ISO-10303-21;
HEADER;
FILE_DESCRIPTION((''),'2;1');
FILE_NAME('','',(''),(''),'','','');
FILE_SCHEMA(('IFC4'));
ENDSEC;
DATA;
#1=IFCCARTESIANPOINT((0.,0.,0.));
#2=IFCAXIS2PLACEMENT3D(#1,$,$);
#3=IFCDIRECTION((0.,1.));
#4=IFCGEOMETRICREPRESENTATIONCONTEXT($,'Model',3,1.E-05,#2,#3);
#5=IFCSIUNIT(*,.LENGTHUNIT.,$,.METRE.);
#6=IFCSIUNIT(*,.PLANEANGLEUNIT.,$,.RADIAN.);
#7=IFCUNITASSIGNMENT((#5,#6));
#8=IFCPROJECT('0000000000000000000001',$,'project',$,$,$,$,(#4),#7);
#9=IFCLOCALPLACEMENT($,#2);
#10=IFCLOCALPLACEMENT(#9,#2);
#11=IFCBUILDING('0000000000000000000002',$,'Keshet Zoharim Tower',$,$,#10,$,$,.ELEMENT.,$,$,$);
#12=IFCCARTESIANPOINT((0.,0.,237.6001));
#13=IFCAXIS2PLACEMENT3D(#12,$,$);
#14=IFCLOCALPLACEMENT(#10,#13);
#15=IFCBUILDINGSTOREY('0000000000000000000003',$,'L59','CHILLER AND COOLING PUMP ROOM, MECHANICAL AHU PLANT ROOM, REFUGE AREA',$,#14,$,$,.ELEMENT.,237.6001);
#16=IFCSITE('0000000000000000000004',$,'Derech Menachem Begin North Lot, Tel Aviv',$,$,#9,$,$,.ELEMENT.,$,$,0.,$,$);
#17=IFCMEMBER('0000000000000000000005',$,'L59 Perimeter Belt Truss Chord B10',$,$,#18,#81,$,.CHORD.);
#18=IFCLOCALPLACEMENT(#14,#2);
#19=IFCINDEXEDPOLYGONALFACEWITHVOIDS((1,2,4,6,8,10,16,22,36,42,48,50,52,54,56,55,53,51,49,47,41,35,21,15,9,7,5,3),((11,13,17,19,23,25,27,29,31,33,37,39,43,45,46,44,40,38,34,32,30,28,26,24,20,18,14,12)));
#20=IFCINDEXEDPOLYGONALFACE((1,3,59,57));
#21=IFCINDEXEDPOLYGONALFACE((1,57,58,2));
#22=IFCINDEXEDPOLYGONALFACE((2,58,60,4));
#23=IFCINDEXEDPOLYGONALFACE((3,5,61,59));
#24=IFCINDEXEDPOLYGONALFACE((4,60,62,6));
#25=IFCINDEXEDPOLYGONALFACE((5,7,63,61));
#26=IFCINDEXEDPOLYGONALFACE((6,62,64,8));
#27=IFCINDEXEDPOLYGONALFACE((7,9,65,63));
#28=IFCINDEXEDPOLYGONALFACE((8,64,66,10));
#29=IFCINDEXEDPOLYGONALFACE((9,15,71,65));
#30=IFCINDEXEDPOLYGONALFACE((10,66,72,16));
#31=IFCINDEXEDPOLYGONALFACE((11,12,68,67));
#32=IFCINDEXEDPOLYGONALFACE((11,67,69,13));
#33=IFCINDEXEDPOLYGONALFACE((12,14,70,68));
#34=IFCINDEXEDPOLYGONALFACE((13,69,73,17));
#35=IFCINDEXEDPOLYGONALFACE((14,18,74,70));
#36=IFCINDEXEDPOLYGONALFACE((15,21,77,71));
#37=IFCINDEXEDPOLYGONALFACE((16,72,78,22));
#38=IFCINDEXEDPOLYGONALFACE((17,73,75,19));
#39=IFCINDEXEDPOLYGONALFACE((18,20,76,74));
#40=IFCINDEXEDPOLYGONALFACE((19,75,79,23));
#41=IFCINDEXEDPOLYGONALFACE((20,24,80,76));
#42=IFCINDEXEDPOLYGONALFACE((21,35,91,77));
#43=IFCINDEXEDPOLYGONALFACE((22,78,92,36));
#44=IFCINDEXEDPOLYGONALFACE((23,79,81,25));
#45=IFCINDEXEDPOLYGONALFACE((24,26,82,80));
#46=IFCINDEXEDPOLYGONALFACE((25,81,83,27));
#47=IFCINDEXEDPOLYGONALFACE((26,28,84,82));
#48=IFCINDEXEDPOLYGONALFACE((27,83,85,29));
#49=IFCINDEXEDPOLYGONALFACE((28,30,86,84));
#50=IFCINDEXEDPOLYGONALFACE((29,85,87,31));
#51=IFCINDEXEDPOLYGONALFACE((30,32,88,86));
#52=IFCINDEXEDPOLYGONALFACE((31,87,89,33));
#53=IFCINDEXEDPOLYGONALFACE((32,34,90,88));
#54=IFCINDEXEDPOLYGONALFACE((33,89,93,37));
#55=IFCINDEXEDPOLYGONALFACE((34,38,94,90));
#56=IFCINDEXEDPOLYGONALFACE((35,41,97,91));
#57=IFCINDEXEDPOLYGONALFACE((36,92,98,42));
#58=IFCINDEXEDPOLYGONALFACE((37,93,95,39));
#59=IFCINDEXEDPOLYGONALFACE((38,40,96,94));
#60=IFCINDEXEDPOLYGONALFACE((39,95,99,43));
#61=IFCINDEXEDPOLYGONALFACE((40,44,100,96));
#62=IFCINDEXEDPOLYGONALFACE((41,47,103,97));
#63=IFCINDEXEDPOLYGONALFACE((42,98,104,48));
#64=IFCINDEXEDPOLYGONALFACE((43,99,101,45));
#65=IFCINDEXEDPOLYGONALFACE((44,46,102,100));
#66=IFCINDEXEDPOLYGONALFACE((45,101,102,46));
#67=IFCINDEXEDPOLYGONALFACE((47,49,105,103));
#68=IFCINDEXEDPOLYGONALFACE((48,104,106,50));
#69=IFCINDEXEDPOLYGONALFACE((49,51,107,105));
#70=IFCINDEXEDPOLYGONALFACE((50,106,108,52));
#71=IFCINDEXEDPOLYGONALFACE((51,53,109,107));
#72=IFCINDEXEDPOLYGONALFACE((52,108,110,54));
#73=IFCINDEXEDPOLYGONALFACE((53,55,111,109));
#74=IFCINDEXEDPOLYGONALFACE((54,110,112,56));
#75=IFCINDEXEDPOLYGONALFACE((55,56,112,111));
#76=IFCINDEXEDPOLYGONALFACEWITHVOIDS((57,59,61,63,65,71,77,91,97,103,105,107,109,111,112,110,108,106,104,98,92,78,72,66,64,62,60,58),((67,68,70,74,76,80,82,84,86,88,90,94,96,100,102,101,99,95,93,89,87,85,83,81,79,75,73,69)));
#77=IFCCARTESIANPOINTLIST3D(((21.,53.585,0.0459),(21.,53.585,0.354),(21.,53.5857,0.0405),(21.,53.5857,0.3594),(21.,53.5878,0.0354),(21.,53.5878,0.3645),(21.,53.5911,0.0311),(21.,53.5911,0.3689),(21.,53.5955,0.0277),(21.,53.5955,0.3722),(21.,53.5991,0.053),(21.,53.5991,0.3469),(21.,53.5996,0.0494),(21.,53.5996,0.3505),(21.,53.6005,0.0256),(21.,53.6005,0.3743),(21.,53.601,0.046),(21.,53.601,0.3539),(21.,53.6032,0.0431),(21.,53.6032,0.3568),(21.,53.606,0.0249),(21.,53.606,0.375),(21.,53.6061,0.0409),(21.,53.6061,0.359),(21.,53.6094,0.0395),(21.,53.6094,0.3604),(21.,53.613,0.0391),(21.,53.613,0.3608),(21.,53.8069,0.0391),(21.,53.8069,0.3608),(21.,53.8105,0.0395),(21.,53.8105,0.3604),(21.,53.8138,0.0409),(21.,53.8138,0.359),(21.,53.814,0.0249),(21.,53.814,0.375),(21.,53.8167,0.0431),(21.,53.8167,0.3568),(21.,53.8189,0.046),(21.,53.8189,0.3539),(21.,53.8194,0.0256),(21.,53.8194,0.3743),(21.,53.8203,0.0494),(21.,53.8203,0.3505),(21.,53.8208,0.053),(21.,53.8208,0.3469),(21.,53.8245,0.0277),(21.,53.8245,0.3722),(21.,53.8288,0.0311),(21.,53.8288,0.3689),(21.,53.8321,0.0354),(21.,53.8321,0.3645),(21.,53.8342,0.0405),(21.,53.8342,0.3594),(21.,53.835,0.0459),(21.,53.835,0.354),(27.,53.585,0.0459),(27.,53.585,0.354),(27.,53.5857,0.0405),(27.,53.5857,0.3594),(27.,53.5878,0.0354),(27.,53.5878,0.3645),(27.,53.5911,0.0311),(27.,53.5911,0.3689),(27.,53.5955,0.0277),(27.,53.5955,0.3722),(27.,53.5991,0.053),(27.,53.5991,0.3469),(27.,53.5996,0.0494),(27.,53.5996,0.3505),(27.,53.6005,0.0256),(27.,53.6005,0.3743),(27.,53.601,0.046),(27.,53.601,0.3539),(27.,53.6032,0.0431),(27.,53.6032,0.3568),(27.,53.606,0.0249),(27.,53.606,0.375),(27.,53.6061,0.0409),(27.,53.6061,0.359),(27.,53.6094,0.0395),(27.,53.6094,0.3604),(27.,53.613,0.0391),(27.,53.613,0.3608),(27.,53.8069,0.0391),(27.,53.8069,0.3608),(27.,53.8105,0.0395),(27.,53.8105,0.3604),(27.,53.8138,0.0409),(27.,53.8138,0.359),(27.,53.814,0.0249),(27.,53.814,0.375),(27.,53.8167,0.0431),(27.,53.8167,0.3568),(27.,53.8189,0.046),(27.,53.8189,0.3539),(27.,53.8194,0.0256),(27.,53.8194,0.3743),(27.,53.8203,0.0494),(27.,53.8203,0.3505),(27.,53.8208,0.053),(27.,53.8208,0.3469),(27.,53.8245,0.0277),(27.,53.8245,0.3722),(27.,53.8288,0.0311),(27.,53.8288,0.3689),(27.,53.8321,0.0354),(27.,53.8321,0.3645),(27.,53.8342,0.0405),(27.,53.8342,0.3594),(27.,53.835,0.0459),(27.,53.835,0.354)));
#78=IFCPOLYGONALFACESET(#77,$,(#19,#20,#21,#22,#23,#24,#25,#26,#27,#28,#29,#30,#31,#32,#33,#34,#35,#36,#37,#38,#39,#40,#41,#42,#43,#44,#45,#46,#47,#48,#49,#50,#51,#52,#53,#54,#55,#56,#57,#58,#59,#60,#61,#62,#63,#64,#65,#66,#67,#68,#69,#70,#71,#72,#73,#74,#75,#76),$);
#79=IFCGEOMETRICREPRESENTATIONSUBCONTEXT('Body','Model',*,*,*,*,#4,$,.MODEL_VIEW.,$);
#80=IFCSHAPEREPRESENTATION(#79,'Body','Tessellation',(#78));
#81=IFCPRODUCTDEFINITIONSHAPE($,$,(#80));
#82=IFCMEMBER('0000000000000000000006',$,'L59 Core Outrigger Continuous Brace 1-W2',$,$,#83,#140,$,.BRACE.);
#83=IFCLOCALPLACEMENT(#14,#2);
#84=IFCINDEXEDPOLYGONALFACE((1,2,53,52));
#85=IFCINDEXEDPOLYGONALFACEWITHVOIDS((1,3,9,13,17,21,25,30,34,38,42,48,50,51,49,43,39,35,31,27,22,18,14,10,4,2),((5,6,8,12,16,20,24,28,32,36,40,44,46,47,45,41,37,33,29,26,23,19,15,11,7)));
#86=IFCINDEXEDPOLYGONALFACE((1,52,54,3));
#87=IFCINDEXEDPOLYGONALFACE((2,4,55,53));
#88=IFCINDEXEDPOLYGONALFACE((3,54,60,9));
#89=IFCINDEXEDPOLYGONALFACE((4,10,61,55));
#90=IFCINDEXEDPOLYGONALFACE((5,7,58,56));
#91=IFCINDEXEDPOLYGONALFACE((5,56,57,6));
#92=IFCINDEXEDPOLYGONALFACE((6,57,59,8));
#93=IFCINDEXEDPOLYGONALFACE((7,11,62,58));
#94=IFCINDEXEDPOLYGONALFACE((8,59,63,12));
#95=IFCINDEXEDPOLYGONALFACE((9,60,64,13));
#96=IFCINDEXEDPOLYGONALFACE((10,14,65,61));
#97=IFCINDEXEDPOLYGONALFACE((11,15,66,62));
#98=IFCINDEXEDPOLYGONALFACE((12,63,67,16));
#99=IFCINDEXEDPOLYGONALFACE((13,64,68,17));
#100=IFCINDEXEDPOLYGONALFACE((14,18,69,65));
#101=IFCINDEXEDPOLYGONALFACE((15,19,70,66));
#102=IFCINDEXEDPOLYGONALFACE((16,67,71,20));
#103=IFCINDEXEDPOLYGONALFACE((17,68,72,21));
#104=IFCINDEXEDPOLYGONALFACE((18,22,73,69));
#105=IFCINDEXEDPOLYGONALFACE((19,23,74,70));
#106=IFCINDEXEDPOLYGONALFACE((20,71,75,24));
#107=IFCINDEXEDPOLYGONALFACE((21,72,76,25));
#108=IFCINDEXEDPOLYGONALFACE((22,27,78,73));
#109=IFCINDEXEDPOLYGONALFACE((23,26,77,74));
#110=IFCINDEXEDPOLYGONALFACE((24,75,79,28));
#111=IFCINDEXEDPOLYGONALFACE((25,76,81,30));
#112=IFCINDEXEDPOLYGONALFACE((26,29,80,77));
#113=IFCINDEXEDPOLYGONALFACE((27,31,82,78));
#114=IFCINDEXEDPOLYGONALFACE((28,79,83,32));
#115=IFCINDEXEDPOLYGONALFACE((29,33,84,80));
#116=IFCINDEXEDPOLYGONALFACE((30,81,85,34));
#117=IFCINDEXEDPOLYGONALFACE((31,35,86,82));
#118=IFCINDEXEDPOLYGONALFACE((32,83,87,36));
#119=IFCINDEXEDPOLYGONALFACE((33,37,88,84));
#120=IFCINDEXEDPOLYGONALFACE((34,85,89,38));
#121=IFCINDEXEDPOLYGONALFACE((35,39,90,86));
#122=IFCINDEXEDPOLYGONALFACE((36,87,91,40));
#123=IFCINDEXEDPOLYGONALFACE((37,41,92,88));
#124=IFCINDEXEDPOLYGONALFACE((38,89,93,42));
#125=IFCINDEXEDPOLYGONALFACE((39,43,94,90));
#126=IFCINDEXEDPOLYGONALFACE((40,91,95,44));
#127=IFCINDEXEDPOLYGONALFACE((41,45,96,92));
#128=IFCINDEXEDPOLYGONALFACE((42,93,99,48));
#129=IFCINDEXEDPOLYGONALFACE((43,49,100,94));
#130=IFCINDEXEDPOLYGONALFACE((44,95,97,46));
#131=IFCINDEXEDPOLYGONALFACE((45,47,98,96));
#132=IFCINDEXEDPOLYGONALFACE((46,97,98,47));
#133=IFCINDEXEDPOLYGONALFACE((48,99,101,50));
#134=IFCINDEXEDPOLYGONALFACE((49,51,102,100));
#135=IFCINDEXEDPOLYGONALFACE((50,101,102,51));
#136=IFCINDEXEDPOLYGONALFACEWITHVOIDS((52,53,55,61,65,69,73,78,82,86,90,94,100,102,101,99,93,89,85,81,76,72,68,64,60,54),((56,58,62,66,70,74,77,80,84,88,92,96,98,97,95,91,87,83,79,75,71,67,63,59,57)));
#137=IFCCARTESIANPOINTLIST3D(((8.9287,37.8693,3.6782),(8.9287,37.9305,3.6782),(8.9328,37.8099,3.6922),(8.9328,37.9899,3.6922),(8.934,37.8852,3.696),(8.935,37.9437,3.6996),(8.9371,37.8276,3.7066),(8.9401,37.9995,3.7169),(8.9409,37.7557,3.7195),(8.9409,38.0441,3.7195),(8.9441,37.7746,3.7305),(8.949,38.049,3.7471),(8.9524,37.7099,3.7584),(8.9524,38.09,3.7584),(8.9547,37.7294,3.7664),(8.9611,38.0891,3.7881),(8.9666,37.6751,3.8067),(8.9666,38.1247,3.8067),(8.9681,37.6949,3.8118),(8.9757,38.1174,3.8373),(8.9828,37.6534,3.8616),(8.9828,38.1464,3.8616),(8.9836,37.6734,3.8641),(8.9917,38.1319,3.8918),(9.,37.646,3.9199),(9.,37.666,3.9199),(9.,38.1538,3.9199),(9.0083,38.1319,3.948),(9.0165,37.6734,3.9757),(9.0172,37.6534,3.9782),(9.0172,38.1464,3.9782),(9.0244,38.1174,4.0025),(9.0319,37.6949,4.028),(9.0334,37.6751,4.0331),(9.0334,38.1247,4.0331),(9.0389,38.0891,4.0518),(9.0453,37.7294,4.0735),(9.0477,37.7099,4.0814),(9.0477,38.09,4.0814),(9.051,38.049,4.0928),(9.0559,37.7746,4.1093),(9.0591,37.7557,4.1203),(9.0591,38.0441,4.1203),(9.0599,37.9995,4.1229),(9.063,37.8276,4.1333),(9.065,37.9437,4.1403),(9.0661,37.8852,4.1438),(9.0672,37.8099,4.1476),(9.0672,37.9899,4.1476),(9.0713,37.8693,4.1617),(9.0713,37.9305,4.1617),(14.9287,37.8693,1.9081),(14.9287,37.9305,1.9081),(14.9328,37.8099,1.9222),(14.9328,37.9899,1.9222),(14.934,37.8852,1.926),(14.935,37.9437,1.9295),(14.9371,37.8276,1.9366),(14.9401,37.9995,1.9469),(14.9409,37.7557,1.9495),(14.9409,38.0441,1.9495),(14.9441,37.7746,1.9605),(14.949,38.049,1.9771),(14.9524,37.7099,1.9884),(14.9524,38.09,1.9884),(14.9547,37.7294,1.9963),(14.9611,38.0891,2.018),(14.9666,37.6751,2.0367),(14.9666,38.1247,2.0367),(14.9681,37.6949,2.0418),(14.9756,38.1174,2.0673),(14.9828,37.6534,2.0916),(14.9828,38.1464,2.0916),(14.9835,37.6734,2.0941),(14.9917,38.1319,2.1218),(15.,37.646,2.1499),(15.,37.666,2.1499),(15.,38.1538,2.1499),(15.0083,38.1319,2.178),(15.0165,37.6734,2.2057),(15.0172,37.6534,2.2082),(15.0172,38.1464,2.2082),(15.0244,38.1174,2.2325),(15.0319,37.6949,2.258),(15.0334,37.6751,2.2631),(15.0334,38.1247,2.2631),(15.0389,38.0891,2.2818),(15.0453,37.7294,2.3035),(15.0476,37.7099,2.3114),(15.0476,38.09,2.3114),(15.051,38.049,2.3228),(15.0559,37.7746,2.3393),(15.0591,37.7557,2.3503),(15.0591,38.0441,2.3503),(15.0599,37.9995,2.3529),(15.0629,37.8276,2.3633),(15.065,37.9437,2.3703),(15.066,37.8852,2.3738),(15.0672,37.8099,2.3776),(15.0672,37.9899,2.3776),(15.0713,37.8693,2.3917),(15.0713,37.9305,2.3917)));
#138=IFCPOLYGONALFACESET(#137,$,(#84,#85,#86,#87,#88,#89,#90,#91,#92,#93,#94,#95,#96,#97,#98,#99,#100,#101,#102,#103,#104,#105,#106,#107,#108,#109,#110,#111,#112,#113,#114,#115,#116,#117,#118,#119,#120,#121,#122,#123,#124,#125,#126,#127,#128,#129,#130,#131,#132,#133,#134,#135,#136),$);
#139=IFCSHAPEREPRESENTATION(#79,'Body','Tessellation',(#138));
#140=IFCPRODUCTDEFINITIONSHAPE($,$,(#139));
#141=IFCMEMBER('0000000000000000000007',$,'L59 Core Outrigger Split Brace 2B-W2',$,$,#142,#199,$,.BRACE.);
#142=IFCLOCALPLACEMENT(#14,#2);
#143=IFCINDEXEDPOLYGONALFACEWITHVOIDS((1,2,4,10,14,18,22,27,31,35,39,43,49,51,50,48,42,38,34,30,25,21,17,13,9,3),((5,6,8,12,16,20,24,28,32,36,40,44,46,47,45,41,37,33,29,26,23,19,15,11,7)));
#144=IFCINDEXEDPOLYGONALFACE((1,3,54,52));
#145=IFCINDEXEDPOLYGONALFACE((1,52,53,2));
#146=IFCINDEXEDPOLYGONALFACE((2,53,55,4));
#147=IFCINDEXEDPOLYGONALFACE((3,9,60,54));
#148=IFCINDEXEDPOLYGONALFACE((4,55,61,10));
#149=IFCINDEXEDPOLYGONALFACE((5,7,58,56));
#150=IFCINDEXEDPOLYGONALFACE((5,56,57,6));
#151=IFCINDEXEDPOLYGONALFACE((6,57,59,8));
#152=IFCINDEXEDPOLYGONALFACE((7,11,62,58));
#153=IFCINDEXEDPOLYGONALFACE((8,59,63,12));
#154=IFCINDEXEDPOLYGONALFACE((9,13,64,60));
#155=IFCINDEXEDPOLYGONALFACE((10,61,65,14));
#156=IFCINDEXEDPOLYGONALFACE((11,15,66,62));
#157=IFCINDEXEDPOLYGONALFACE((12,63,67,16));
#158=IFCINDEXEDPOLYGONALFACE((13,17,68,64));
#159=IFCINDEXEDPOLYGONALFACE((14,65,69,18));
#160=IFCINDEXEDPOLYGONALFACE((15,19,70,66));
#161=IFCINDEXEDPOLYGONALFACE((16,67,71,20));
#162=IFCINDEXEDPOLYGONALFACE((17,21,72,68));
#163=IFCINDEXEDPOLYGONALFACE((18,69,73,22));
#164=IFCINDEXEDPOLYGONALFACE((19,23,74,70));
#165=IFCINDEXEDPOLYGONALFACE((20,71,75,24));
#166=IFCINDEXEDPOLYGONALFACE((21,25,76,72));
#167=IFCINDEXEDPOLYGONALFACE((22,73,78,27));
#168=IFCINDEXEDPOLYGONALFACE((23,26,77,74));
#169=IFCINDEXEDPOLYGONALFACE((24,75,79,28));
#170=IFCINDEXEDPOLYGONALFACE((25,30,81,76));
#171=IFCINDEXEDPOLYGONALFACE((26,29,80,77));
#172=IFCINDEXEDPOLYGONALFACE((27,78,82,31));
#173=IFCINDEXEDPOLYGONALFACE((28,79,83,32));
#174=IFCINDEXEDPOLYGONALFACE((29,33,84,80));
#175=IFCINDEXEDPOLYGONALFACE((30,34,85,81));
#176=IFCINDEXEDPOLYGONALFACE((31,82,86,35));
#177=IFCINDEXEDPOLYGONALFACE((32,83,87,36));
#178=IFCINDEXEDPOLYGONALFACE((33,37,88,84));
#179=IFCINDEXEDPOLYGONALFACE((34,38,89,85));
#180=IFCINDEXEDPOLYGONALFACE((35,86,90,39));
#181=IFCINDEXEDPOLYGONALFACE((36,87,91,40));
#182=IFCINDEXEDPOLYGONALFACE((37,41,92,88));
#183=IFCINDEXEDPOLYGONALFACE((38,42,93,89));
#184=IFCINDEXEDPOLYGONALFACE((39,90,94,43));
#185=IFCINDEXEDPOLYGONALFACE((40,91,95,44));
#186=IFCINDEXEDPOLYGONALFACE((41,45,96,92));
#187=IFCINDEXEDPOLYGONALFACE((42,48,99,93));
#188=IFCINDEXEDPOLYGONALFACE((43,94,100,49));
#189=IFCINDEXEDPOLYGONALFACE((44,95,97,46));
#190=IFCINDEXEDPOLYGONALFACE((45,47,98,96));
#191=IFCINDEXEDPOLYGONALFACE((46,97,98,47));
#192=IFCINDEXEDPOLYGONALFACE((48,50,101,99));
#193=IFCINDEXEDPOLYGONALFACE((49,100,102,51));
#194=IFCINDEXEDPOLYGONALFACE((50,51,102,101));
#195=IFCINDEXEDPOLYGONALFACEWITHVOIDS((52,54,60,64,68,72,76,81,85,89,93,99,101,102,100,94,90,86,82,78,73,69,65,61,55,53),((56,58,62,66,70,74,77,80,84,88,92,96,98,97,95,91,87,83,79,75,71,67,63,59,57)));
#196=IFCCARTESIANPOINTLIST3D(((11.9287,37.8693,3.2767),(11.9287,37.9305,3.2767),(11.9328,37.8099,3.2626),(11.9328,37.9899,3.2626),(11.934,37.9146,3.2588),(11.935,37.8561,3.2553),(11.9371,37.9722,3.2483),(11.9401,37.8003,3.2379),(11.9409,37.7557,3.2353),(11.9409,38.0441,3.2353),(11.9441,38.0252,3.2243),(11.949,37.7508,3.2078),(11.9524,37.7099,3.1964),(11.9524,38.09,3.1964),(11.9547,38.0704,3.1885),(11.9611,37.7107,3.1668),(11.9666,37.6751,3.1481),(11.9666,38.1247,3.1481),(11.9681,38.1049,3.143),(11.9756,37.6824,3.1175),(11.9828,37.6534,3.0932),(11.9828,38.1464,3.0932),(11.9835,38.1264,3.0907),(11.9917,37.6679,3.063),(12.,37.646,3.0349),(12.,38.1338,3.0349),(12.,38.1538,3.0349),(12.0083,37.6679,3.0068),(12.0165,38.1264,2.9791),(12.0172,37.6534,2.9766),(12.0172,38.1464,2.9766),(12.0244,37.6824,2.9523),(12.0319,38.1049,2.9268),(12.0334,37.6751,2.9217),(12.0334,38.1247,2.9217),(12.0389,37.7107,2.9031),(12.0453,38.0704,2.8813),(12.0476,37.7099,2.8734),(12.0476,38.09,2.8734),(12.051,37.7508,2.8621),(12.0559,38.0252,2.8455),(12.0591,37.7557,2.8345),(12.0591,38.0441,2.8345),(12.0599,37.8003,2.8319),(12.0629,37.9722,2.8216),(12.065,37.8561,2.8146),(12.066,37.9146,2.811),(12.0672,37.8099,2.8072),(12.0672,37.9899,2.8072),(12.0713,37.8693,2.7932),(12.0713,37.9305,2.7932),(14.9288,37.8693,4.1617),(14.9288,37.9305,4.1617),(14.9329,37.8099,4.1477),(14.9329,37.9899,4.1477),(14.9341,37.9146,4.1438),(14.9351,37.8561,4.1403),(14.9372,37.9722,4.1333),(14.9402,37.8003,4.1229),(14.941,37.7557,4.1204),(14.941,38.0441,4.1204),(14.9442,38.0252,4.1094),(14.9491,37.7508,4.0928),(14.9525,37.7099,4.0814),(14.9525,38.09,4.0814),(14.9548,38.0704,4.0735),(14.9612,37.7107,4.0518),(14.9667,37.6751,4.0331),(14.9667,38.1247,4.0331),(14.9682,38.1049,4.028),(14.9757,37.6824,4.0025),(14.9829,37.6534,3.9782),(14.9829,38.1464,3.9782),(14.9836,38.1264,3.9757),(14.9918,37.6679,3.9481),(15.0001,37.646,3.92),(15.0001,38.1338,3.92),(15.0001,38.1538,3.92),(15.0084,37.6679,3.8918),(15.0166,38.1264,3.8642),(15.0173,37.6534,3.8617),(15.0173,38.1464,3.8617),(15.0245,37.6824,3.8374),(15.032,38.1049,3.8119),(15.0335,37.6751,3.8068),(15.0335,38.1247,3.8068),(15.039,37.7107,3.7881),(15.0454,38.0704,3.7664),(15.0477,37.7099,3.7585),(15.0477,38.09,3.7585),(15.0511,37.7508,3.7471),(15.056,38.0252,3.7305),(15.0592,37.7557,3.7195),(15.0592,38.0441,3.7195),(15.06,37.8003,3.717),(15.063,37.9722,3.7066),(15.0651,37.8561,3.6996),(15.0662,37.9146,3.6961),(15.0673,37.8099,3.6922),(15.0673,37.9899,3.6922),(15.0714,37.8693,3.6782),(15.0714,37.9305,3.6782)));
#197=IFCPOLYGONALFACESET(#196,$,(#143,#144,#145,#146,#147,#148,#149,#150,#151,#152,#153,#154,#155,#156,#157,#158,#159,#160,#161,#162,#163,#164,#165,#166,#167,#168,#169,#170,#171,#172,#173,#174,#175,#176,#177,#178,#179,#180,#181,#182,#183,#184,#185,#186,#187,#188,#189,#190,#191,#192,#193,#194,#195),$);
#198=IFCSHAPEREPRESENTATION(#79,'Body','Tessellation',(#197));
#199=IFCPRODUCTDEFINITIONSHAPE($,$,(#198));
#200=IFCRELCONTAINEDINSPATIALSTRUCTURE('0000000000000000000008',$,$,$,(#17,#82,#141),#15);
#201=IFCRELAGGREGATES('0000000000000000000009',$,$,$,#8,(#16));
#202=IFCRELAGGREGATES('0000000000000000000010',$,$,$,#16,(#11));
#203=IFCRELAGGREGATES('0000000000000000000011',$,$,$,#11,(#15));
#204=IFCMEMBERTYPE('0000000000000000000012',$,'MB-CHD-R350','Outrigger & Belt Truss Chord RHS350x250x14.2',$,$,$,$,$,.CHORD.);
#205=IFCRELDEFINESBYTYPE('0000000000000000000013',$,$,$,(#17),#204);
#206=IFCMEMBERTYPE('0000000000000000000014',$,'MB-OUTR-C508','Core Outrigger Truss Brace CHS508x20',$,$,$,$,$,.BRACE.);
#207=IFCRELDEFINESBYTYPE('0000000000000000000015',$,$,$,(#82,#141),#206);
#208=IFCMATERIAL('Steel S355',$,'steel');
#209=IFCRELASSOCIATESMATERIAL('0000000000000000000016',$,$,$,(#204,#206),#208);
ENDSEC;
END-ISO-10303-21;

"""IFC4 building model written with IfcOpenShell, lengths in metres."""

from ifc_helpers import new_model, si_unit, direction, frame, origin, origin_2d, place, context, subcontext, project, spatial, hollow_rectangle, hollow_circle, extrude, material, material_profile, profile_set, type_object, element, save


model = new_model("IFC4")

# Units and contexts
model_context = context("Model", 3, precision=1e-05, world=origin(), true_north=direction((0.0, 1.0)))
body_context = subcontext(model_context, "Body", "Model", "MODEL_VIEW")
ifc_project = project(units=[si_unit("LENGTHUNIT", "METRE"), si_unit("PLANEANGLEUNIT", "RADIAN")], contexts=[model_context])

# Site, building, storey
site_placement = place(None, origin())
site = spatial("IfcSite", under=ifc_project, at=site_placement, Name="Derech Menachem Begin North Lot, Tel Aviv", CompositionType="ELEMENT", RefElevation=0.0)
building_placement = place(site_placement, origin())
building = spatial("IfcBuilding", under=site, at=building_placement, Name="Keshet Zoharim Tower", CompositionType="ELEMENT")
storey_placement = place(building_placement, frame((0.0, 0.0, 237.6001)))
storey = spatial("IfcBuildingStorey", under=building, at=storey_placement, Name="L59", Description="CHILLER AND COOLING PUMP ROOM, MECHANICAL AHU PLANT ROOM, REFUGE AREA", CompositionType="ELEMENT", Elevation=237.6001)

# Shared definitions
ifc_material_1 = material(Name="Steel S355", Category="steel")

# Members
ifc_material_profile_1 = material_profile(ifc_material_1, hollow_rectangle(XDim=0.25, YDim=0.3501, WallThickness=0.0142, InnerFilletRadius=0.0139, OuterFilletRadius=0.021, at=origin_2d()), Name="RHS350x250x14.2")
ifc_profile_set_1 = profile_set([ifc_material_profile_1], Name="Steel S355")
member_type_1 = type_object("IfcMemberType", Name="MB-CHD-R350", Description="Outrigger & Belt Truss Chord RHS350x250x14.2", PredefinedType="CHORD", material=ifc_profile_set_1)
member_1_placement = place(storey_placement, frame((21.0, 53.71, 0.2), z_axis=(1.0, 0.0, 0.0), x_axis=(0.0, 1.0, 0.0)))
element("IfcMember", 1, at=member_1_placement, inside=storey, type_object=member_type_1, Name="L59 Perimeter Belt Truss Chord B10", PredefinedType="CHORD", context=body_context, shape_type="SweptSolid", body=[
    extrude(hollow_rectangle(XDim=0.25, YDim=0.3501, WallThickness=0.0142, InnerFilletRadius=0.0139, OuterFilletRadius=0.021, at=origin_2d()), origin(), (0.0, 0.0, 1.0), 6.0),
])
ifc_material_profile_2 = material_profile(ifc_material_1, hollow_circle(Radius=0.2539, WallThickness=0.02, at=origin_2d()), Name="CHS508x20")
ifc_profile_set_2 = profile_set([ifc_material_profile_2], Name="Steel S355")
member_type_2 = type_object("IfcMemberType", Name="MB-OUTR-C508", Description="Core Outrigger Truss Brace CHS508x20", PredefinedType="BRACE", material=ifc_profile_set_2)
member_2_placement = place(storey_placement, frame((15.0, 37.8999, 2.1499), z_axis=(-0.959135, 0.0, 0.282948), x_axis=(0.0, -1.0, 0.0)))
element("IfcMember", 2, at=member_2_placement, inside=storey, type_object=member_type_2, Name="L59 Core Outrigger Continuous Brace 1-W2", PredefinedType="BRACE", context=body_context, shape_type="SweptSolid", body=[
    extrude(hollow_circle(Radius=0.2539, WallThickness=0.02, at=origin_2d()), origin(), (0.0, 0.0, 1.0), 6.2556),
])
member_3_placement = place(storey_placement, frame((12.0, 37.8999, 3.0349), z_axis=(0.959135, 0.0, 0.282948), x_axis=(0.0, 1.0, 0.0)))
element("IfcMember", 3, at=member_3_placement, inside=storey, type_object=member_type_2, Name="L59 Core Outrigger Split Brace 2B-W2", PredefinedType="BRACE", context=body_context, shape_type="SweptSolid", body=[
    extrude(hollow_circle(Radius=0.2539, WallThickness=0.02, at=origin_2d()), origin(), (0.0, 0.0, 1.0), 3.1279),
])

save(model, "model.ifc")
